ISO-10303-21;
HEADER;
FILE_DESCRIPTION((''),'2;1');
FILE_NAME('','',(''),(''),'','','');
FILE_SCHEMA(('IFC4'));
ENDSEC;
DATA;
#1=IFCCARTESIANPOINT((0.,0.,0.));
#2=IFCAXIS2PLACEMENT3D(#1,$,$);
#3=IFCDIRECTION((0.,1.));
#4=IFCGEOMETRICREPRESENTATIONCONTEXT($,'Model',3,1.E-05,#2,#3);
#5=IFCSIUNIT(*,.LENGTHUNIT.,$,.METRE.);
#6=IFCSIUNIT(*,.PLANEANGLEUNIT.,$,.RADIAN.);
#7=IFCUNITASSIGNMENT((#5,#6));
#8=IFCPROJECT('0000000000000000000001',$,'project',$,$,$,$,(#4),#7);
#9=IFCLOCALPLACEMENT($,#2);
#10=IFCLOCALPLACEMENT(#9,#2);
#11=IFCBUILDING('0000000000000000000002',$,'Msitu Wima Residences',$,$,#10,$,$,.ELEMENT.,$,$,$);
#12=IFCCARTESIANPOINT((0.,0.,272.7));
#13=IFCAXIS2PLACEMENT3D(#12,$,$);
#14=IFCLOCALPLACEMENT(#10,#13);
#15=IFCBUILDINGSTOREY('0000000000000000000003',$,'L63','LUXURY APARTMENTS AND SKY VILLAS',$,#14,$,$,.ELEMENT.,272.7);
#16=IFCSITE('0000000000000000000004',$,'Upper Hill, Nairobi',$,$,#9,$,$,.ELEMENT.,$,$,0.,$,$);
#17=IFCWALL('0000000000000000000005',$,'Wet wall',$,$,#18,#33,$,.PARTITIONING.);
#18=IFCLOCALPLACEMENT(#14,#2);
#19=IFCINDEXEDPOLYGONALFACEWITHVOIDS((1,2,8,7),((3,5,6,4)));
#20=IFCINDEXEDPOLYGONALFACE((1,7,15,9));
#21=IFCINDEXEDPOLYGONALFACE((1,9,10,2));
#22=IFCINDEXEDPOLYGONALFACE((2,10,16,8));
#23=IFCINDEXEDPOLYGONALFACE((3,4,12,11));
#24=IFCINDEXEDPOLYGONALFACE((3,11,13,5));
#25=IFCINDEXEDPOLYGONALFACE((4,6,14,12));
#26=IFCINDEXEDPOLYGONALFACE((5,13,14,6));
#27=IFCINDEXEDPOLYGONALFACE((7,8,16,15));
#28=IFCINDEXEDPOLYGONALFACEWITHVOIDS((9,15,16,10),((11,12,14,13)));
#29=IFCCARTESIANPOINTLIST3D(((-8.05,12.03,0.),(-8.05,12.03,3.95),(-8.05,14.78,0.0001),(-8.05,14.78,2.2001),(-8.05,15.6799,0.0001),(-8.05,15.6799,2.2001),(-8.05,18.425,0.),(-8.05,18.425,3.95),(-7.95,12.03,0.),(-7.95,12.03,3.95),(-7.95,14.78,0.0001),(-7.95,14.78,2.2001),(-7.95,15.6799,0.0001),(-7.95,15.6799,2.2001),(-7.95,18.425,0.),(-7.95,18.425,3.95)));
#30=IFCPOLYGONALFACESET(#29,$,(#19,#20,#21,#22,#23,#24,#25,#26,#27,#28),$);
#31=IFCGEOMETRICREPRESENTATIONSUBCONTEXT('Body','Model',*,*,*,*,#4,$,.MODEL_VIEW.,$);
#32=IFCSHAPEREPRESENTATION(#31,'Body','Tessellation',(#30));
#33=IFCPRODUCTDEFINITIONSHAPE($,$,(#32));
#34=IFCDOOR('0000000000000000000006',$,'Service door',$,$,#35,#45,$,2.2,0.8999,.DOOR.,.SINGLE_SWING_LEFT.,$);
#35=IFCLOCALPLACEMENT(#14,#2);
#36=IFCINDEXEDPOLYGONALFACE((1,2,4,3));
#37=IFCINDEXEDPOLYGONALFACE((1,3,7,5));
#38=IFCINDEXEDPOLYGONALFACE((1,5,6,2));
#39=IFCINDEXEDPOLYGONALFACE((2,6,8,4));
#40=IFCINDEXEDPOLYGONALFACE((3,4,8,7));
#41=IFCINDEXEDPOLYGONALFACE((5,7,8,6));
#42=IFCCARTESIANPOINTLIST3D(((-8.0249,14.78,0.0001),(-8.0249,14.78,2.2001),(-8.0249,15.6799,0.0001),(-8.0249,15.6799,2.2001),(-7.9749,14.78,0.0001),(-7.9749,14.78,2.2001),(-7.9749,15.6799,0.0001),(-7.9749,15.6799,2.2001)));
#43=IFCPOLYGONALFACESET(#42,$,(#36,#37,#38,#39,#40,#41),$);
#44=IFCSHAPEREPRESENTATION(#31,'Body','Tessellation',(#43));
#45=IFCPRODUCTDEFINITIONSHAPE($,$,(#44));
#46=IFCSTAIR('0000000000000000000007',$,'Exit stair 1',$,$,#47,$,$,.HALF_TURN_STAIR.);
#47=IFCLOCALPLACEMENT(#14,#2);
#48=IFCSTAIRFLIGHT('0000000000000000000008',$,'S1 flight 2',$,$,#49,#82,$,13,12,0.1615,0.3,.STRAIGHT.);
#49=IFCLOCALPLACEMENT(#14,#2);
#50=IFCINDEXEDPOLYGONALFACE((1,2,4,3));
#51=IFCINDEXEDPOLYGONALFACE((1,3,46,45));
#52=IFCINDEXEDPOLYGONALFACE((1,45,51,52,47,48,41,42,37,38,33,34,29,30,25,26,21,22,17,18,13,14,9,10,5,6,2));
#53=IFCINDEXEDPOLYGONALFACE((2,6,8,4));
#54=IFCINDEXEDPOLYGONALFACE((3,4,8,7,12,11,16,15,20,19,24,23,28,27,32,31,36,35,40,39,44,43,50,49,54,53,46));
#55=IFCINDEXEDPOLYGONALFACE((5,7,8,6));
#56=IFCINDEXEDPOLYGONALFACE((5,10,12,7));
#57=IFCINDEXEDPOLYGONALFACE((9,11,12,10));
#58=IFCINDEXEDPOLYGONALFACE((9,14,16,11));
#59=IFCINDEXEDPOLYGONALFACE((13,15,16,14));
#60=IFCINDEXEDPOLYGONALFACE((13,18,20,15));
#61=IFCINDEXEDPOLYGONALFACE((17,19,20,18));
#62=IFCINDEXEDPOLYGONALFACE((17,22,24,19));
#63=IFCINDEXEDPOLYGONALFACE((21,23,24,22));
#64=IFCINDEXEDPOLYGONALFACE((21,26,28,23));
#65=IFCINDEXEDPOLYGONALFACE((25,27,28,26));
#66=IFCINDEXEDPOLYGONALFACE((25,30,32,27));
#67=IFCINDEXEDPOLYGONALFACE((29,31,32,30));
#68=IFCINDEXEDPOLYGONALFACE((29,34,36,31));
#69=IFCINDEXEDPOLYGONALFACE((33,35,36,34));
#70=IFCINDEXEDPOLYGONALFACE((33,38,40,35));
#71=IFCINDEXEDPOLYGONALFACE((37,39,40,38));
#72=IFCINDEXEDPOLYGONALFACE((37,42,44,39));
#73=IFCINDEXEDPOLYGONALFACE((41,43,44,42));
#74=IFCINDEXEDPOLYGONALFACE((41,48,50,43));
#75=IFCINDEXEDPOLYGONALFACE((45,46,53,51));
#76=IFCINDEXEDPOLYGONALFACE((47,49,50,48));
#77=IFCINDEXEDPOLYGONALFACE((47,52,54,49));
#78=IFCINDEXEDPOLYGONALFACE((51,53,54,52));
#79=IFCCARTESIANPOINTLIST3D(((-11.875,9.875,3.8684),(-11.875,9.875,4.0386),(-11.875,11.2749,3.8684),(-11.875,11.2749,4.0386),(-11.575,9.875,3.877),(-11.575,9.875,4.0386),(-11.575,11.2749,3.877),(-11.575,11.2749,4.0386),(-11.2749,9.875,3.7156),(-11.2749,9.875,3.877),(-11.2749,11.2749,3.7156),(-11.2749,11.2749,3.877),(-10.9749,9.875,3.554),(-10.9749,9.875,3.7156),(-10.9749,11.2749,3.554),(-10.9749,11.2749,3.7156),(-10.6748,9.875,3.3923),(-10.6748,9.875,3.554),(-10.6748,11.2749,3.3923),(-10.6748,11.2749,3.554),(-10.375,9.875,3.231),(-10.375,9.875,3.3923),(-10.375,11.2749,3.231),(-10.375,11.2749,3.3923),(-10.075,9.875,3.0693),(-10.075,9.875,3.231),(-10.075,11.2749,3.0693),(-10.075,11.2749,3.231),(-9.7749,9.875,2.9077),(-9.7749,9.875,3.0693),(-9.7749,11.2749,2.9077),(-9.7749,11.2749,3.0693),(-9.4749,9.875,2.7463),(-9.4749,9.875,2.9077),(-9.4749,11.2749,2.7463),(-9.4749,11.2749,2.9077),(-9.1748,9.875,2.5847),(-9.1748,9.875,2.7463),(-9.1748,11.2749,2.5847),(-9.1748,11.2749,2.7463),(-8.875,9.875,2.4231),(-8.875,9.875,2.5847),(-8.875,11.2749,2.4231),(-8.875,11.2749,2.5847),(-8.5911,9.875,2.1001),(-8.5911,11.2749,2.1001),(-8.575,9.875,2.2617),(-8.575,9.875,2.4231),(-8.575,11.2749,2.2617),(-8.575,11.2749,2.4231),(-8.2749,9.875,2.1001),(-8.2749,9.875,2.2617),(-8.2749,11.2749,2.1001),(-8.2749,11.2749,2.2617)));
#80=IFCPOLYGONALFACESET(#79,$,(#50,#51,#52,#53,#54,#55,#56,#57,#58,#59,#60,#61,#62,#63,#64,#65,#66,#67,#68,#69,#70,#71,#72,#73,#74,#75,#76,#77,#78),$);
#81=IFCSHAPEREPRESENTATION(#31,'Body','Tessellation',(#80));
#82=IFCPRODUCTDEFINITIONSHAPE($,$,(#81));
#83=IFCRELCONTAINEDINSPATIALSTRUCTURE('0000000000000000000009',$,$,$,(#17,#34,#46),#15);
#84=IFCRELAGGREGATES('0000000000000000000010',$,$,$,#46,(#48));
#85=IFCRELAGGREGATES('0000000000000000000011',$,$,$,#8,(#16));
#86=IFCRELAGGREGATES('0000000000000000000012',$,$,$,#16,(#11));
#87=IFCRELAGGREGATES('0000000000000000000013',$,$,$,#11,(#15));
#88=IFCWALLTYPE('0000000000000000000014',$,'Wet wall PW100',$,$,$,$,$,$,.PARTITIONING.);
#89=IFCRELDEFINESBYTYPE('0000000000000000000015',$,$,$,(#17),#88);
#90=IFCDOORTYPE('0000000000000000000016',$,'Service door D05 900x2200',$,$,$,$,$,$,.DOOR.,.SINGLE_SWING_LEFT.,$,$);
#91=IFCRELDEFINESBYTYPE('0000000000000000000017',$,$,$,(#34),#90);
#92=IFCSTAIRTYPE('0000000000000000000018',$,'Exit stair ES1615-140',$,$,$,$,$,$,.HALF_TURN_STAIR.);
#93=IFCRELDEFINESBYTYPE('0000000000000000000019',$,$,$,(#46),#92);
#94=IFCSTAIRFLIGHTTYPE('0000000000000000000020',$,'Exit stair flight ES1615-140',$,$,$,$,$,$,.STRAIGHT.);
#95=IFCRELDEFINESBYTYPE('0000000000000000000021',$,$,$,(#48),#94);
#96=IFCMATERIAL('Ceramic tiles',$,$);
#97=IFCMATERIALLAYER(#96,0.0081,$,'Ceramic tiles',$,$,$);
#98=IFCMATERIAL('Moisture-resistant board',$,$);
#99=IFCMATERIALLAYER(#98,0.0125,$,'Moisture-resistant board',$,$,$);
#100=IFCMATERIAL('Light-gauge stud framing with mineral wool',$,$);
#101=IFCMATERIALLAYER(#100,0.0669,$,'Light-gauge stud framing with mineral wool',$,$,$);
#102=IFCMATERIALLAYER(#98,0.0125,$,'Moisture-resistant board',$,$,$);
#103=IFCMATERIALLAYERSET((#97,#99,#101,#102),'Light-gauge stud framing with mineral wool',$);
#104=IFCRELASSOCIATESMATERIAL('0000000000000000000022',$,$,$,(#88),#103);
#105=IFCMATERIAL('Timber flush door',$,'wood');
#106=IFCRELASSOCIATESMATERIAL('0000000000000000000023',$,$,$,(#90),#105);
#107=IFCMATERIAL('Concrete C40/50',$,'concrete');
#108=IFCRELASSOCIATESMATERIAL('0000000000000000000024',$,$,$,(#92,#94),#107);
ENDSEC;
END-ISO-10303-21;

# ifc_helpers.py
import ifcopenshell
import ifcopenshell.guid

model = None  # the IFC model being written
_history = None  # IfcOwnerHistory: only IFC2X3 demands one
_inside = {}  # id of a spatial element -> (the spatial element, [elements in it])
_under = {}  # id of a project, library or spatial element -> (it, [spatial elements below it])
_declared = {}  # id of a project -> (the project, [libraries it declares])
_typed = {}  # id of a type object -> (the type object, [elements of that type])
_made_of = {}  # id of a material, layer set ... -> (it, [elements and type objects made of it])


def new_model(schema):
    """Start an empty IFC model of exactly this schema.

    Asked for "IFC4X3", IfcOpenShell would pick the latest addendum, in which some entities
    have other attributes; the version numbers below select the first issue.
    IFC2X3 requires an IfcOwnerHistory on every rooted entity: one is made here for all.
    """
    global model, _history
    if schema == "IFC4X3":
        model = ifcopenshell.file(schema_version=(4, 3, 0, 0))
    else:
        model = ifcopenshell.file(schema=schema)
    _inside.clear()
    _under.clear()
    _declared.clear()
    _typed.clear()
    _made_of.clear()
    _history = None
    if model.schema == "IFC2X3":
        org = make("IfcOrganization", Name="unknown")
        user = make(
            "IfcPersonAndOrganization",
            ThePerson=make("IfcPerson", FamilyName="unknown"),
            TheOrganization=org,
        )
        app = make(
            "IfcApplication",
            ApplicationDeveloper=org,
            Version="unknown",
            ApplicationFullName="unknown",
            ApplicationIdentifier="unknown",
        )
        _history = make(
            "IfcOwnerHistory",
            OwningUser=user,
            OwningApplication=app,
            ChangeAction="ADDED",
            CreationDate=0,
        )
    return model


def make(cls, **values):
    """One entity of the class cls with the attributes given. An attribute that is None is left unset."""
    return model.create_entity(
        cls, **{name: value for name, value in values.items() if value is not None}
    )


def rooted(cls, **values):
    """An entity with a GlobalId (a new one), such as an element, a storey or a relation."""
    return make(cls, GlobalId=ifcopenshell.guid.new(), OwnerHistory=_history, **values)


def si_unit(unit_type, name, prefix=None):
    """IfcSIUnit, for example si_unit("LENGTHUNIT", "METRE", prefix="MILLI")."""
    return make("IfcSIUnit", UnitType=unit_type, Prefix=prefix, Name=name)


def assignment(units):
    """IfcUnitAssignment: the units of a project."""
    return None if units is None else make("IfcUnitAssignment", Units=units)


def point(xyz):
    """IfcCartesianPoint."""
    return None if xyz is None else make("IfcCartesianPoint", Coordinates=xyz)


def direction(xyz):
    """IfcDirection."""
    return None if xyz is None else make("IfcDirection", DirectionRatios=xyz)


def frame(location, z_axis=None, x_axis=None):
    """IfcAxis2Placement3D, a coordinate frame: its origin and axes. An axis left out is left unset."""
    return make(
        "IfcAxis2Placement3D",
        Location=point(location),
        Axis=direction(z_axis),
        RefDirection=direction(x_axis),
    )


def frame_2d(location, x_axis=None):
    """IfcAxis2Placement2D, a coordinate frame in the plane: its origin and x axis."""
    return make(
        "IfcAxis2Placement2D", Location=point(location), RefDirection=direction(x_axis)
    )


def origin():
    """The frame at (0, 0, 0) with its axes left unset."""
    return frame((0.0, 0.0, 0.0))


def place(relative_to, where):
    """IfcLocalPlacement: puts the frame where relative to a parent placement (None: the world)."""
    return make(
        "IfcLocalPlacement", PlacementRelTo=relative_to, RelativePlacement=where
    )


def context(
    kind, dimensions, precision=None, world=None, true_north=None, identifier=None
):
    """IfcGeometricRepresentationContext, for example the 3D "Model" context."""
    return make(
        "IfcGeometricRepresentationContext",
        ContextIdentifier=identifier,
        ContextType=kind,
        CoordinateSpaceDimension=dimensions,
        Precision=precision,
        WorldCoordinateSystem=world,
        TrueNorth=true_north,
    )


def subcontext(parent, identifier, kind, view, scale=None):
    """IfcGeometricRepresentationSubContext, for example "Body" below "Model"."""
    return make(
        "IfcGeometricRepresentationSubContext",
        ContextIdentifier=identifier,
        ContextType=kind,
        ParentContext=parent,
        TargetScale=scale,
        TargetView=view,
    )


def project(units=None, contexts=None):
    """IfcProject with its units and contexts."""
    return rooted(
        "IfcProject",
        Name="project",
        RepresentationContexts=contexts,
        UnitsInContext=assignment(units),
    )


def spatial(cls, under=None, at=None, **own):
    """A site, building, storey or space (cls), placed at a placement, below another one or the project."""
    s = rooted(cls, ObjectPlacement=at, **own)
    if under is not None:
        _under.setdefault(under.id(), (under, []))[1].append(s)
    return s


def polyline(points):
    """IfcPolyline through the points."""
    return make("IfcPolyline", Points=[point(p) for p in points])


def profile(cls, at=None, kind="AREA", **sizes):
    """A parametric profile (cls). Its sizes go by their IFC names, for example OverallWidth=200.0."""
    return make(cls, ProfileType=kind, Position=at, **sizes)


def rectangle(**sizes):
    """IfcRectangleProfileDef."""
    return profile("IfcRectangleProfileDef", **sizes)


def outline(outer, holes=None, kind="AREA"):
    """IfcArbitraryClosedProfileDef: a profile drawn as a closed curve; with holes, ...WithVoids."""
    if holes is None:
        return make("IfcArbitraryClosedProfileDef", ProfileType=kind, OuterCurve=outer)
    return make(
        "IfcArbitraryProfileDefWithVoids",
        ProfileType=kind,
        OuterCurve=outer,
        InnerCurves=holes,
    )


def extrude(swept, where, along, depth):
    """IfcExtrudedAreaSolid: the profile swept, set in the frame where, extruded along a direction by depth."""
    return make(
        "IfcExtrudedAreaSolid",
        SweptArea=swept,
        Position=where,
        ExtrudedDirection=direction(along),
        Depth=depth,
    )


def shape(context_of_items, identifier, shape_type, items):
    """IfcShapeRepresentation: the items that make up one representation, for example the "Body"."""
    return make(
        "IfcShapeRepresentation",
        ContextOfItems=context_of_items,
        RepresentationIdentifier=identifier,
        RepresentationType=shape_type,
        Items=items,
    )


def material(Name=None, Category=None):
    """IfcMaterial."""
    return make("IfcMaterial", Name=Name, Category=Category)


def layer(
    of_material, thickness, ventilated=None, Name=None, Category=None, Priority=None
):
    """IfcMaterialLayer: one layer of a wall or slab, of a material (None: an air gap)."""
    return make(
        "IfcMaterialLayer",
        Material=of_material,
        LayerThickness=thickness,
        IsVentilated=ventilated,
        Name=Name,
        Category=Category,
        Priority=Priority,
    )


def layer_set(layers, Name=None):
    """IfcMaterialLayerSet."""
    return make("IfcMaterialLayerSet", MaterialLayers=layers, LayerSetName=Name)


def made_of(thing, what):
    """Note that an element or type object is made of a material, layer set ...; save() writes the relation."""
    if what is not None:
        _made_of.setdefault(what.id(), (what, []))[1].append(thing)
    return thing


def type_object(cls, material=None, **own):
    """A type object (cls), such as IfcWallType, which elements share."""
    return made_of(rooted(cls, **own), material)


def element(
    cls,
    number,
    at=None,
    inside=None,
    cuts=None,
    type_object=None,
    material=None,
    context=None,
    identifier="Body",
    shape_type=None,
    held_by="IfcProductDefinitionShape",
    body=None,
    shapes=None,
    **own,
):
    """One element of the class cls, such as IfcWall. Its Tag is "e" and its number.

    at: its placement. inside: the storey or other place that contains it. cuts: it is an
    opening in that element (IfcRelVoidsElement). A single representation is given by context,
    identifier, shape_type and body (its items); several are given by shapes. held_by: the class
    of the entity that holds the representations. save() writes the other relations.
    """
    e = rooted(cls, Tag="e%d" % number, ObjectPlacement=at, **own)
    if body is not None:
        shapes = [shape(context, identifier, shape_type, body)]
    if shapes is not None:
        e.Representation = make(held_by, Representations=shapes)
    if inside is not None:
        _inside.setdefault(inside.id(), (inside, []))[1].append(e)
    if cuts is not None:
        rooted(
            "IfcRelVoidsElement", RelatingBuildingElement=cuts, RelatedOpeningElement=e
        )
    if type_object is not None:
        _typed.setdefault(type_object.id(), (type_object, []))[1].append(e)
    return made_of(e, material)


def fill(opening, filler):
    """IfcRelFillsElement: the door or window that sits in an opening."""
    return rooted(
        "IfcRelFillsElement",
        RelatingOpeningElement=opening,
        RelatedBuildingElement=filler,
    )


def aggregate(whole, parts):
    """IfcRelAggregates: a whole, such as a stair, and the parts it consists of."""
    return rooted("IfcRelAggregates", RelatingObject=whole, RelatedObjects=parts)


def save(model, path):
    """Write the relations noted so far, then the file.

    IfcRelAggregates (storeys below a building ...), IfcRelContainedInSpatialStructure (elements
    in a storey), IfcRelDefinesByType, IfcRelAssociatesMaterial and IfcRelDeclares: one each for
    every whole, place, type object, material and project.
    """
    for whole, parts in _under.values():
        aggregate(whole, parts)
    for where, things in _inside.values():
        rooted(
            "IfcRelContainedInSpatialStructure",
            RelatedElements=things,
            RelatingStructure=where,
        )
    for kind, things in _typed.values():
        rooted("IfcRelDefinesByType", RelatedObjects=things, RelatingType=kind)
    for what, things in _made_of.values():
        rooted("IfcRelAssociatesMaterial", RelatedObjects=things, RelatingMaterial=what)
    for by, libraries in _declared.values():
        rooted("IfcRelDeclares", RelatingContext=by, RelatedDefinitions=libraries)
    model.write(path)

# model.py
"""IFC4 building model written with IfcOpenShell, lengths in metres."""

from ifc_helpers import new_model, si_unit, direction, frame, frame_2d, origin, place, context, subcontext, project, spatial, polyline, rectangle, outline, extrude, material, layer, layer_set, type_object, element, fill, aggregate, save


model = new_model("IFC4")

# Units and contexts
model_context = context("Model", 3, precision=1e-05, world=origin(), true_north=direction((0.0, 1.0)))
body_context = subcontext(model_context, "Body", "Model", "MODEL_VIEW")
ifc_project = project(units=[si_unit("LENGTHUNIT", "METRE"), si_unit("PLANEANGLEUNIT", "RADIAN")], contexts=[model_context])

# Site, building, storey
site_placement = place(None, origin())
site = spatial("IfcSite", under=ifc_project, at=site_placement, Name="Upper Hill, Nairobi", CompositionType="ELEMENT", RefElevation=0.0)
building_placement = place(site_placement, origin())
building = spatial("IfcBuilding", under=site, at=building_placement, Name="Msitu Wima Residences", CompositionType="ELEMENT")
storey_placement = place(building_placement, frame((0.0, 0.0, 272.7)))
storey = spatial("IfcBuildingStorey", under=building, at=storey_placement, Name="L63", Description="LUXURY APARTMENTS AND SKY VILLAS", CompositionType="ELEMENT", Elevation=272.7)

# Shared definitions
ifc_material_1 = material(Name="Concrete C40/50", Category="concrete")

# Shared definitions
ifc_material_2 = material(Name="Timber flush door", Category="wood")

# Shared definitions
ifc_material_3 = material(Name="Ceramic tiles")
ifc_layer_1 = layer(ifc_material_3, 0.0081, Name="Ceramic tiles")
ifc_material_4 = material(Name="Moisture-resistant board")
ifc_layer_2 = layer(ifc_material_4, 0.0125, Name="Moisture-resistant board")
ifc_material_5 = material(Name="Light-gauge stud framing with mineral wool")
ifc_layer_3 = layer(ifc_material_5, 0.0669, Name="Light-gauge stud framing with mineral wool")
ifc_layer_4 = layer(ifc_material_4, 0.0125, Name="Moisture-resistant board")
ifc_layer_set_1 = layer_set([ifc_layer_1, ifc_layer_2, ifc_layer_3, ifc_layer_4], Name="Light-gauge stud framing with mineral wool")
wall_type_1 = type_object("IfcWallType", Name="Wet wall PW100", PredefinedType="PARTITIONING", material=ifc_layer_set_1)

# Wall, opening, door
wall_1_placement = place(storey_placement, frame((-8.0, 12.03, 0.0), z_axis=(0.0, 0.0, 1.0), x_axis=(0.0, 1.0, 0.0)))
wall_1 = element("IfcWall", 1, at=wall_1_placement, inside=storey, type_object=wall_type_1, Name="Wet wall", PredefinedType="PARTITIONING", context=body_context, shape_type="SweptSolid", body=[
    extrude(rectangle(XDim=6.395, YDim=0.1001, at=frame_2d((3.1975, 0.0))), origin(), (0.0, 0.0, 1.0), 3.95),
])
opening_1_placement = place(wall_1_placement, frame((2.75, 0.0, 0.0)))
opening_1 = element("IfcOpeningElement", 2, at=opening_1_placement, cuts=wall_1, PredefinedType="OPENING", context=body_context, shape_type="SweptSolid", body=[
    extrude(rectangle(XDim=0.8999, YDim=2.2, at=frame_2d((0.45, 1.1001))), frame((0.0, 0.0601, 0.0), z_axis=(0.0, -1.0, 0.0), x_axis=(1.0, 0.0, 0.0)), (0.0, 0.0, 1.0), 0.1201),
])
door_type_1 = type_object("IfcDoorType", Name="Service door D05 900x2200", OperationType="SINGLE_SWING_LEFT", PredefinedType="DOOR", material=ifc_material_2)
door_1_placement = place(opening_1_placement, origin())
door_1 = element("IfcDoor", 3, at=door_1_placement, inside=storey, type_object=door_type_1, Name="Service door", OperationType="SINGLE_SWING_LEFT", OverallHeight=2.2, OverallWidth=0.8999, PredefinedType="DOOR", context=body_context, shape_type="SweptSolid", body=[
    extrude(rectangle(XDim=0.8999, YDim=2.2, at=frame_2d((0.45, 1.1001))), frame((0.0, 0.0249, 0.0), z_axis=(0.0, -1.0, 0.0), x_axis=(1.0, 0.0, 0.0)), (0.0, 0.0, 1.0), 0.05),
])
fill(opening_1, door_1)

# Stair, stair flight
stair_type = type_object("IfcStairType", Name="Exit stair ES1615-140", PredefinedType="HALF_TURN_STAIR", material=ifc_material_1)
stair_placement = place(storey_placement, origin())
stair = element("IfcStair", 4, at=stair_placement, inside=storey, type_object=stair_type, Name="Exit stair 1", PredefinedType="HALF_TURN_STAIR")
stair_flight_type = type_object("IfcStairFlightType", Name="Exit stair flight ES1615-140", PredefinedType="STRAIGHT", material=ifc_material_1)
stair_flight_placement = place(storey_placement, frame((-8.2749, 10.575, 2.1001), z_axis=(0.0, 0.0, 1.0), x_axis=(-1.0, 0.0, 0.0)))
stair_flight = element("IfcStairFlight", 5, at=stair_flight_placement, type_object=stair_flight_type, Name="S1 flight 2", NumberOfRisers=13, NumberOfTreads=12, PredefinedType="STRAIGHT", RiserHeight=0.1615, TreadLength=0.3, context=body_context, shape_type="SweptSolid", body=[
    extrude(outline(polyline([(0.0, 0.0), (0.0, 0.1616), (0.3, 0.1616), (0.3, 0.323), (0.6001, 0.323), (0.6001, 0.4846), (0.8999, 0.4846), (0.8999, 0.6462), (1.2, 0.6462), (1.2, 0.8076), (1.5, 0.8076), (1.5, 0.9692), (1.8, 0.9692), (1.8, 1.1309), (2.1001, 1.1309), (2.1001, 1.2922), (2.3999, 1.2922), (2.3999, 1.4539), (2.7, 1.4539), (2.7, 1.6155), (3.0, 1.6155), (3.0, 1.7769), (3.3, 1.7769), (3.3, 1.9385), (3.6001, 1.9385), (3.6001, 2.1001), (3.6001, 1.7683), (0.3162, 0.0), (0.0, 0.0)])), frame((0.0, 0.7, 0.0), z_axis=(0.0, -1.0, 0.0), x_axis=(1.0, 0.0, 0.0)), (0.0, 0.0, 1.0), 1.3999),
])
aggregate(stair, [stair_flight])

save(model, "model.ifc")
